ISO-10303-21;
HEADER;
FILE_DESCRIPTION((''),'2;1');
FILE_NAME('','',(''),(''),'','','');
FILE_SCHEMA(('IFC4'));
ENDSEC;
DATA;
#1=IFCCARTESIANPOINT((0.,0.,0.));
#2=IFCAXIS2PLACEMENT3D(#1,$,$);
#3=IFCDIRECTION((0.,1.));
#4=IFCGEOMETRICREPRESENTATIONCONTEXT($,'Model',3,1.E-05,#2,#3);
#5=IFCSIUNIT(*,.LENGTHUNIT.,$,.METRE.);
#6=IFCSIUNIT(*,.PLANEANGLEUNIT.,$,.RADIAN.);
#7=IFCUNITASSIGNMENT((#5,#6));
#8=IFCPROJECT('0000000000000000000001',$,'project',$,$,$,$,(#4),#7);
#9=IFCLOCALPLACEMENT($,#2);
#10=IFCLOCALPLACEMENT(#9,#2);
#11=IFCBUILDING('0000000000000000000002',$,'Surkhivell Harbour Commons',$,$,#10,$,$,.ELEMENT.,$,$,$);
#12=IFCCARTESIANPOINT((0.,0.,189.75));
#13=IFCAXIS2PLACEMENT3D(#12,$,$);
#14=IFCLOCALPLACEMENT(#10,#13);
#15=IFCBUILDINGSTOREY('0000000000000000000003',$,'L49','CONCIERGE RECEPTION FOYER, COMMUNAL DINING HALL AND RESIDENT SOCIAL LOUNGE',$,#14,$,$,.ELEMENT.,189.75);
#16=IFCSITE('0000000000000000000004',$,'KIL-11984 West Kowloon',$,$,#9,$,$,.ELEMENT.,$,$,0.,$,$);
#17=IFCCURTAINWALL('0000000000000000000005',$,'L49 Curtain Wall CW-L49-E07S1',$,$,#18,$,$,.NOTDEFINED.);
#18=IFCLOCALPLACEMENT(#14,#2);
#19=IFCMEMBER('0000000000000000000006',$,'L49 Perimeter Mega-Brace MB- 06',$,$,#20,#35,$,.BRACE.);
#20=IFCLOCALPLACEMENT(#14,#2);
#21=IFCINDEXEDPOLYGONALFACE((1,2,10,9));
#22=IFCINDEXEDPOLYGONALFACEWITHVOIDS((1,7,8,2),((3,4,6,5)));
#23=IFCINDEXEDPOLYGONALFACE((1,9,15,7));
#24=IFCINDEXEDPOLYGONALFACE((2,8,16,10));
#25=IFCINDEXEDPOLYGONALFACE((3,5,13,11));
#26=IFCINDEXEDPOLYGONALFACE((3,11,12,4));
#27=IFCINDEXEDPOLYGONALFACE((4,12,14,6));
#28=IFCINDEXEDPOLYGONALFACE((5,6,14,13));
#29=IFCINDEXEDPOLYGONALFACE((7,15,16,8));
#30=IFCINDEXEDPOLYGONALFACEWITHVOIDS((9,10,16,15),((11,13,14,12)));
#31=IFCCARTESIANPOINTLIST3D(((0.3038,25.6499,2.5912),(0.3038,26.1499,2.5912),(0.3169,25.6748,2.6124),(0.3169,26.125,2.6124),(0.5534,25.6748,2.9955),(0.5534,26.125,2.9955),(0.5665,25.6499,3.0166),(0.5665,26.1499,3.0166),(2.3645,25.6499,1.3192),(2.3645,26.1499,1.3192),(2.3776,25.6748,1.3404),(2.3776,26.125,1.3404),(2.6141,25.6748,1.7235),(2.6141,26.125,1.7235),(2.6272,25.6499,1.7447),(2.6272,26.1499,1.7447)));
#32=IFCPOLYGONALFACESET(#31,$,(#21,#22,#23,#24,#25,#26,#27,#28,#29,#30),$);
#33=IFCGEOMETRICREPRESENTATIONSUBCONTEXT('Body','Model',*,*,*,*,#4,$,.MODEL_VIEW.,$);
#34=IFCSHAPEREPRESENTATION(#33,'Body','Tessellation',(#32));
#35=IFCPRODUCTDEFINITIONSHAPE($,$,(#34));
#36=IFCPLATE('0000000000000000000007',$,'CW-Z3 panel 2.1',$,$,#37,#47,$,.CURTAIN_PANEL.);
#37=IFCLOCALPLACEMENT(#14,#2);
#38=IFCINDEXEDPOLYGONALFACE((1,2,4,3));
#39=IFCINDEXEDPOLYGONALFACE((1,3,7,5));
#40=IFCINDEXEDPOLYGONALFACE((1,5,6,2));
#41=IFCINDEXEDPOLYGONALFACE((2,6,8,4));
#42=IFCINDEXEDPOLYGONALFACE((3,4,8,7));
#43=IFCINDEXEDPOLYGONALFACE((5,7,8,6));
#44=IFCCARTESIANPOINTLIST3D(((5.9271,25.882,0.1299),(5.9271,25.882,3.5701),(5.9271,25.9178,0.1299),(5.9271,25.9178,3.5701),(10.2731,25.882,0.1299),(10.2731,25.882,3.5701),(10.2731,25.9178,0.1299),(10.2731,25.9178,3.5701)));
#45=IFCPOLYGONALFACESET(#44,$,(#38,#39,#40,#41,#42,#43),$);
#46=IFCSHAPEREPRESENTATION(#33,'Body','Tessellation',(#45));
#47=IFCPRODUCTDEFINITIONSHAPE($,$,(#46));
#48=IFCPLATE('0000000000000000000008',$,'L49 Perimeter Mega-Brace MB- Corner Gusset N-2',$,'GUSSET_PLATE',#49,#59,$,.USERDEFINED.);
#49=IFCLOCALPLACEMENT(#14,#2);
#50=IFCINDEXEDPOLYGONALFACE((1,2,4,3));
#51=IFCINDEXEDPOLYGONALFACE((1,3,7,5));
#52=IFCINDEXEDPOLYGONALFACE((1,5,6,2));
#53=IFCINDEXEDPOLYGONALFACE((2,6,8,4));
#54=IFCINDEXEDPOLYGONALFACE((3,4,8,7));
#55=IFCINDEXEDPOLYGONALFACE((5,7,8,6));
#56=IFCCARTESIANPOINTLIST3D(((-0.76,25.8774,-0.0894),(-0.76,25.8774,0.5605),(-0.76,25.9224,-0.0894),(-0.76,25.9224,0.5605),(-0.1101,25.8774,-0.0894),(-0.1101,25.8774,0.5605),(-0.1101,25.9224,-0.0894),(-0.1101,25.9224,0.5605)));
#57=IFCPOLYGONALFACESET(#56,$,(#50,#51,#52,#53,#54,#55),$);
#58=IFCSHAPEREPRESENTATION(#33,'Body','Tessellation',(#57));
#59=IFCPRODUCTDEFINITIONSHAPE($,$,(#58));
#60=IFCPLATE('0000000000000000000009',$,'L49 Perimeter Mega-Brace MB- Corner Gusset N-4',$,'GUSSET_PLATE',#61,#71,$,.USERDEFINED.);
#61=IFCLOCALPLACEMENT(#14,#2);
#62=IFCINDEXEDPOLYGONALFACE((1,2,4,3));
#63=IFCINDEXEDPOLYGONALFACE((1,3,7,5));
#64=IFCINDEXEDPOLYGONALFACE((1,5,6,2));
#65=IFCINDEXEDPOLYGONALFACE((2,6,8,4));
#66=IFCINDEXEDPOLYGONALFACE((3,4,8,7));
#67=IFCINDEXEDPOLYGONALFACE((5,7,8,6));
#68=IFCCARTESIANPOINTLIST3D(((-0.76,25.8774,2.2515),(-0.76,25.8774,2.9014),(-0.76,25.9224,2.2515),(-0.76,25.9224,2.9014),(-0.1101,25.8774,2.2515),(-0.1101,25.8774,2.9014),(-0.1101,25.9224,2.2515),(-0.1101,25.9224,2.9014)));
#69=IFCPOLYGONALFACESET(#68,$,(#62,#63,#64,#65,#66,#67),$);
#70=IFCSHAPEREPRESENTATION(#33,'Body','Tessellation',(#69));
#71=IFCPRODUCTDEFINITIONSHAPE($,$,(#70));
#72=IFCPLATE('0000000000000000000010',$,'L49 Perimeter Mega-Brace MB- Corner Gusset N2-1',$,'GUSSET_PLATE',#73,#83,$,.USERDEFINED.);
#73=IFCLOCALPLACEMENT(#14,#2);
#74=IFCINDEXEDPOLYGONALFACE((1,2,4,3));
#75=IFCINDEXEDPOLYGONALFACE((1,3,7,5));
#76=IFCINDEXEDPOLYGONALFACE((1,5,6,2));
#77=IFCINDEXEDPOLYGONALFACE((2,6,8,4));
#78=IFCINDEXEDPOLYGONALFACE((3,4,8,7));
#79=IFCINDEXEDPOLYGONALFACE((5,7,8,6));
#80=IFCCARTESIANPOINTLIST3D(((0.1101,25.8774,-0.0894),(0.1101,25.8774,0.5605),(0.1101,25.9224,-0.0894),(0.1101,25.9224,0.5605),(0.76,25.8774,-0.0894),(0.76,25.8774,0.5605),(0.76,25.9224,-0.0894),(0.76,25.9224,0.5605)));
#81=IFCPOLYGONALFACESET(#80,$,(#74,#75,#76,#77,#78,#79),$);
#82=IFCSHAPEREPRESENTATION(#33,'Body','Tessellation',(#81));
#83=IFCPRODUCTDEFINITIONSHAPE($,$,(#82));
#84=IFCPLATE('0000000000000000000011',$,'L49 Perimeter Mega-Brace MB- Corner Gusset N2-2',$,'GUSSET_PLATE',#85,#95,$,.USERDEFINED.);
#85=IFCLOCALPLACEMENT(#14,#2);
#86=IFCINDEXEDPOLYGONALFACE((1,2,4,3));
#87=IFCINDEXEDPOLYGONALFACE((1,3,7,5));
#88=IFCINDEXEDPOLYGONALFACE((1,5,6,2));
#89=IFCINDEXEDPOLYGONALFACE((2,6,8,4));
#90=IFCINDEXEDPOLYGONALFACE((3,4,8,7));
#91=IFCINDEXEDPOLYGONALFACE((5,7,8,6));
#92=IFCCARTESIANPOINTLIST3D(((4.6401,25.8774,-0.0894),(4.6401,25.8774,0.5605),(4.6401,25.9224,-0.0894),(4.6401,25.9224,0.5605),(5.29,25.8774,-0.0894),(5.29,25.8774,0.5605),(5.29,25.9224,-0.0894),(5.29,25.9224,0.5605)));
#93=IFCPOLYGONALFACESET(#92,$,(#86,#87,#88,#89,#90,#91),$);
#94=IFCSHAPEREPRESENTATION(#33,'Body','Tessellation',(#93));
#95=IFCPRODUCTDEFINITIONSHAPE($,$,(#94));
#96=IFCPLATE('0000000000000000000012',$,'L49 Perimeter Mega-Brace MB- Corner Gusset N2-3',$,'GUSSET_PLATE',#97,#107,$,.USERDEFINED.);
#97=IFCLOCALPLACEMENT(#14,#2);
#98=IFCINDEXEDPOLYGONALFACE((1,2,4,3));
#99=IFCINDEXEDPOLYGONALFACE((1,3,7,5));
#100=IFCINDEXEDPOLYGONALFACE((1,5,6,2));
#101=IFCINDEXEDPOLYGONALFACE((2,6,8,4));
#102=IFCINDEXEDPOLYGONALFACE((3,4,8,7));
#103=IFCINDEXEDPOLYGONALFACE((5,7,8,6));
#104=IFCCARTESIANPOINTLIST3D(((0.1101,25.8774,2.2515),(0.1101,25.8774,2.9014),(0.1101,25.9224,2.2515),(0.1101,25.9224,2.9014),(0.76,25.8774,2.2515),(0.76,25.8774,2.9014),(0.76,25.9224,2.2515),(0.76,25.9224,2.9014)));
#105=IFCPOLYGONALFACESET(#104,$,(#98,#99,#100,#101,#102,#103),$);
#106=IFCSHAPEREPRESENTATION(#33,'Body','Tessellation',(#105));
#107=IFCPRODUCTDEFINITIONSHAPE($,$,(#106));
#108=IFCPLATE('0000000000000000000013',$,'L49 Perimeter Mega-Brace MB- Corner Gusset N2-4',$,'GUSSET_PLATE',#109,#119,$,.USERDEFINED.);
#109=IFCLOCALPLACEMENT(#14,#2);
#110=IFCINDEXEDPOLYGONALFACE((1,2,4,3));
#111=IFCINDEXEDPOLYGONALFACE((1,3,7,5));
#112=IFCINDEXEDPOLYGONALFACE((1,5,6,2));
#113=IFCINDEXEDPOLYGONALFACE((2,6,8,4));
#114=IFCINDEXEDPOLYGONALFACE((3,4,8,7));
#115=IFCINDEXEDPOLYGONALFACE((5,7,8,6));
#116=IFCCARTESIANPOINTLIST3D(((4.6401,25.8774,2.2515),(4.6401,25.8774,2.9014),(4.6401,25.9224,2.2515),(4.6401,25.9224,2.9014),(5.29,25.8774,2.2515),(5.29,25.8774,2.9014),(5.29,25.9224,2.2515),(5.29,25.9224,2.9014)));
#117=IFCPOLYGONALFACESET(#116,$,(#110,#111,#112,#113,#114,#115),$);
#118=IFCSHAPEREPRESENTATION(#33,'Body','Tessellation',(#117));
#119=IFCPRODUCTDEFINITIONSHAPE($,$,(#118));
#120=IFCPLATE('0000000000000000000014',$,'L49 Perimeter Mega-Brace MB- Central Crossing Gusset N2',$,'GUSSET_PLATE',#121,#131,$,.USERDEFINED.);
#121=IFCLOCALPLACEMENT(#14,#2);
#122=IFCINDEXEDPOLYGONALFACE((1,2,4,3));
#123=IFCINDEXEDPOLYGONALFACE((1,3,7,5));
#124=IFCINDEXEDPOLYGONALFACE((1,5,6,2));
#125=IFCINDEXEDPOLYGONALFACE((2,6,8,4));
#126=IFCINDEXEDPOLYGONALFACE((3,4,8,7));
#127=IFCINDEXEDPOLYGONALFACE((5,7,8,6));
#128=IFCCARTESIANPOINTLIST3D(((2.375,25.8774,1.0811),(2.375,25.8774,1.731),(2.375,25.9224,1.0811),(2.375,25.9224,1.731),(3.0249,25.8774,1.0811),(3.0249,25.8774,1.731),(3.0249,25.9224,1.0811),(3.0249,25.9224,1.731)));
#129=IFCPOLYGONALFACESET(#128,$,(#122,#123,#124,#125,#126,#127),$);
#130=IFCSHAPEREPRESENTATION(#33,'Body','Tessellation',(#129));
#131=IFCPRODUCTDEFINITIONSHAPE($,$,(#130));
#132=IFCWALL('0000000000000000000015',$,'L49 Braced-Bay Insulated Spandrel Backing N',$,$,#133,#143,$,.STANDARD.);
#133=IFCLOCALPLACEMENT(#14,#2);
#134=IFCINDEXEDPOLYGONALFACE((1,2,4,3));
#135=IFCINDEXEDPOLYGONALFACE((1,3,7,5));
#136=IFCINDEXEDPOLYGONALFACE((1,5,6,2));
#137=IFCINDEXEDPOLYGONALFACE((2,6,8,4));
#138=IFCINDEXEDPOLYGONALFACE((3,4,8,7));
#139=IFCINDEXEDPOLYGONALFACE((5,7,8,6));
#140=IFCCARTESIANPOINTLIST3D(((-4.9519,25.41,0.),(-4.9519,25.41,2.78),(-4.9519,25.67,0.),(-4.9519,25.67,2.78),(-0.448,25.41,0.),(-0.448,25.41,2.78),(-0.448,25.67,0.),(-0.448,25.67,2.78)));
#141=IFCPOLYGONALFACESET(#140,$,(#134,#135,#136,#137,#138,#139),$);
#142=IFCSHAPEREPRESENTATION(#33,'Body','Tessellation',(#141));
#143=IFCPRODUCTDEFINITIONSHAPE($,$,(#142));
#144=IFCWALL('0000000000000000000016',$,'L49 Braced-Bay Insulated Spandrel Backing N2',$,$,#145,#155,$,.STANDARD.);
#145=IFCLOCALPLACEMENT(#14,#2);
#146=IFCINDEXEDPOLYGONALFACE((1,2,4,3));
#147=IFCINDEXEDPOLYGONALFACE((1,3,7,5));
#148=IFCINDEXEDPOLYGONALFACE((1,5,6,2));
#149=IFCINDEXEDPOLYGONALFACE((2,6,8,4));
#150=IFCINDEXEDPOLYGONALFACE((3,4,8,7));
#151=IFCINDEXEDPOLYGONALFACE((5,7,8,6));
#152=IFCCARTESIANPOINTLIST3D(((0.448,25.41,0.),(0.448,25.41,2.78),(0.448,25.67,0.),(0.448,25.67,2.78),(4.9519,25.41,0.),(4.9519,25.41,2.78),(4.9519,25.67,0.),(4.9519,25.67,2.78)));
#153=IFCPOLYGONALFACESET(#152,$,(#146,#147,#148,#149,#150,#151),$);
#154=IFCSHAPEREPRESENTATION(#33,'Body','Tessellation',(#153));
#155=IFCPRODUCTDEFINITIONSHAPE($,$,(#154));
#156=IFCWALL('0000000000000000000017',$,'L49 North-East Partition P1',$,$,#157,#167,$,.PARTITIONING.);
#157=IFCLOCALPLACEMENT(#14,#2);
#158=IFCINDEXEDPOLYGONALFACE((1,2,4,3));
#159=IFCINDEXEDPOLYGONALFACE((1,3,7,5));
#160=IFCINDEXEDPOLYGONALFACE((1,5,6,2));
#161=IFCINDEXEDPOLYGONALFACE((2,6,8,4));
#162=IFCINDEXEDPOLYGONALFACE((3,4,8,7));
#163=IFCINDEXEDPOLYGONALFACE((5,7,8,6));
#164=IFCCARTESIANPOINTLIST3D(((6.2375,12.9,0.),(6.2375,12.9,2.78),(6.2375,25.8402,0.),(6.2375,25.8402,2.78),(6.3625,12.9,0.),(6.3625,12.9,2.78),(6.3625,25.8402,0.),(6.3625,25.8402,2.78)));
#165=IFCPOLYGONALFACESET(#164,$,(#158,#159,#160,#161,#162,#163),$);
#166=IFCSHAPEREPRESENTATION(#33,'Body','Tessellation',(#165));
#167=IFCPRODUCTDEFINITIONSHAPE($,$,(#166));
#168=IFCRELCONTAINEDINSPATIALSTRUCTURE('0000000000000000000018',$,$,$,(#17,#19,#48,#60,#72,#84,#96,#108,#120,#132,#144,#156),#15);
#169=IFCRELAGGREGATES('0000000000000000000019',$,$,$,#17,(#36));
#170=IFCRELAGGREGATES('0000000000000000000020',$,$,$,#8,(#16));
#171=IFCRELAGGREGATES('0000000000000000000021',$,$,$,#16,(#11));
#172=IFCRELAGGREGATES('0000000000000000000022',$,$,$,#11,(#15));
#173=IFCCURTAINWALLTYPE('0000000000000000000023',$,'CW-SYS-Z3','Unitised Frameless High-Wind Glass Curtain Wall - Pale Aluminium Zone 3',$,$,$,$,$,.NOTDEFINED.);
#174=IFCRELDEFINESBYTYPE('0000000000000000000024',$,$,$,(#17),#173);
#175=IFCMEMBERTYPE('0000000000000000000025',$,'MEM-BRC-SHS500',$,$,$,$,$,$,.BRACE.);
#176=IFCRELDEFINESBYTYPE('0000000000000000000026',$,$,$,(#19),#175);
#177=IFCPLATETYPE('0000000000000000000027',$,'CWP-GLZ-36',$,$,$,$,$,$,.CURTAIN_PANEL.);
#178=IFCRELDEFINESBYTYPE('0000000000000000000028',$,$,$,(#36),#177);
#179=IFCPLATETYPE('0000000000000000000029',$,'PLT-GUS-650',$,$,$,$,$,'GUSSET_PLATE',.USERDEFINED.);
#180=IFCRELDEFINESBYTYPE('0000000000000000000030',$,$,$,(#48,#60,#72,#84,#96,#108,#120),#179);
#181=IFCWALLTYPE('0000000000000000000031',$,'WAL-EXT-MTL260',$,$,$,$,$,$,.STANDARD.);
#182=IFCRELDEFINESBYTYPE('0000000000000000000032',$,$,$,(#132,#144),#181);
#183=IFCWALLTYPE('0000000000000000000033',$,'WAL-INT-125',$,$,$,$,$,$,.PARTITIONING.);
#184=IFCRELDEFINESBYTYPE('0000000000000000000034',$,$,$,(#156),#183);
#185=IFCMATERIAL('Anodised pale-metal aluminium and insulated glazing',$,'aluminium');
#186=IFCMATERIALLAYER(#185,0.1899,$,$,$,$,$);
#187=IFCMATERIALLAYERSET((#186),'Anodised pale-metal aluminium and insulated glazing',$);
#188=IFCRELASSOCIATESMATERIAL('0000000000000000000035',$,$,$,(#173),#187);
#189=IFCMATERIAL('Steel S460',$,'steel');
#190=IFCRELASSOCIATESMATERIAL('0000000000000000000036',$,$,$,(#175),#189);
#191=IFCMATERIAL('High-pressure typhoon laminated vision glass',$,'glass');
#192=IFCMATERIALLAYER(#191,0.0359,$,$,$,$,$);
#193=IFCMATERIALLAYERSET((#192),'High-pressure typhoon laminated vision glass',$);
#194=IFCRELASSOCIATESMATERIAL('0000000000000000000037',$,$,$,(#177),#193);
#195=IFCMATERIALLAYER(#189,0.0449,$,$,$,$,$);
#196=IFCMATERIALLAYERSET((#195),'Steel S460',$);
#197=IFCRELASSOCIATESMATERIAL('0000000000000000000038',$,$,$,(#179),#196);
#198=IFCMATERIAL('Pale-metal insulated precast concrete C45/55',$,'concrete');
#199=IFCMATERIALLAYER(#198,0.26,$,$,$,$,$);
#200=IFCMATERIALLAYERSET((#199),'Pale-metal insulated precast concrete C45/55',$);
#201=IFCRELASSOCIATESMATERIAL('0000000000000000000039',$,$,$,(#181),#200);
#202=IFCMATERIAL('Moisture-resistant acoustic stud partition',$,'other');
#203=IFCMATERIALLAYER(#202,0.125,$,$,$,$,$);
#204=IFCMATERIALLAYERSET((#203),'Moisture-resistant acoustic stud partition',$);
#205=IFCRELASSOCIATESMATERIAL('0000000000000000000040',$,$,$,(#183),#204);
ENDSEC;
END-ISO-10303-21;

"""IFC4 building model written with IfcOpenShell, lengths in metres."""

from ifc_helpers import new_model, si_unit, direction, frame, frame_2d, origin, origin_2d, place, context, subcontext, project, spatial, rectangle, hollow_rectangle, extrude, material, layer, layer_set, material_profile, profile_set, type_object, element, aggregate, save


model = new_model("IFC4")

# Units and contexts
model_context = context("Model", 3, precision=1e-05, world=origin(), true_north=direction((0.0, 1.0)))
body_context = subcontext(model_context, "Body", "Model", "MODEL_VIEW")
ifc_project = project(units=[si_unit("LENGTHUNIT", "METRE"), si_unit("PLANEANGLEUNIT", "RADIAN")], contexts=[model_context])

# Site, building, storey
site_placement = place(None, origin())
site = spatial("IfcSite", under=ifc_project, at=site_placement, Name="KIL-11984 West Kowloon", CompositionType="ELEMENT", RefElevation=0.0)
building_placement = place(site_placement, origin())
building = spatial("IfcBuilding", under=site, at=building_placement, Name="Surkhivell Harbour Commons", CompositionType="ELEMENT")
storey_placement = place(building_placement, frame((0.0, 0.0, 189.75)))
storey = spatial("IfcBuildingStorey", under=building, at=storey_placement, Name="L49", Description="CONCIERGE RECEPTION FOYER, COMMUNAL DINING HALL AND RESIDENT SOCIAL LOUNGE", CompositionType="ELEMENT", Elevation=189.75)

# Curtain wall
ifc_material_1 = material(Name="Anodised pale-metal aluminium and insulated glazing", Category="aluminium")
ifc_layer_1 = layer(ifc_material_1, 0.1899)
ifc_layer_set_1 = layer_set([ifc_layer_1], Name="Anodised pale-metal aluminium and insulated glazing")
curtain_wall_type = type_object("IfcCurtainWallType", Name="CW-SYS-Z3", Description="Unitised Frameless High-Wind Glass Curtain Wall - Pale Aluminium Zone 3", PredefinedType="NOTDEFINED", material=ifc_layer_set_1)
curtain_wall_placement = place(storey_placement, origin())
curtain_wall = element("IfcCurtainWall", 1, at=curtain_wall_placement, inside=storey, type_object=curtain_wall_type, Name="L49 Curtain Wall CW-L49-E07S1", PredefinedType="NOTDEFINED")

# Member
ifc_material_2 = material(Name="Steel S460", Category="steel")
ifc_material_profile_1 = material_profile(ifc_material_2, hollow_rectangle(XDim=0.5, YDim=0.5, WallThickness=0.0249, at=origin_2d()), Name="SHS500x500x25")
ifc_profile_set_1 = profile_set([ifc_material_profile_1], Name="Steel S460")
member_type_1 = type_object("IfcMemberType", Name="MEM-BRC-SHS500", PredefinedType="BRACE", material=ifc_profile_set_1)
for number, where, z_axis, x_axis, name in (
    (2, (2.4958, 25.8999, 1.532), (-0.850958, 0.0, 0.525233), (0.0, -1.0, 0.0), "L49 Perimeter Mega-Brace MB- 06"),
):
    element("IfcMember", number, at=place(storey_placement, frame(where, z_axis=z_axis, x_axis=x_axis)), inside=storey, type_object=member_type_1, Name=name, PredefinedType="BRACE", context=body_context, shape_type="SweptSolid", body=[
        extrude(hollow_rectangle(XDim=0.5, YDim=0.5, WallThickness=0.0249, at=origin_2d()), origin(), (0.0, 0.0, 1.0), 2.4216),
    ])

# Plate
ifc_material_3 = material(Name="High-pressure typhoon laminated vision glass", Category="glass")
ifc_layer_2 = layer(ifc_material_3, 0.0359)
ifc_layer_set_2 = layer_set([ifc_layer_2], Name="High-pressure typhoon laminated vision glass")
plate_type_1 = type_object("IfcPlateType", Name="CWP-GLZ-36", PredefinedType="CURTAIN_PANEL", material=ifc_layer_set_2)
plate_placement = place(storey_placement, frame((10.2729, 25.8999, 0.1299), z_axis=(0.0, 0.0, 1.0), x_axis=(-1.0, 0.0, 0.0)))
plate = element("IfcPlate", 3, at=plate_placement, type_object=plate_type_1, Name="CW-Z3 panel 2.1", PredefinedType="CURTAIN_PANEL", context=body_context, shape_type="SweptSolid", body=[
    extrude(rectangle(XDim=4.3459, YDim=0.0359, at=frame_2d((2.1729, 0.0))), origin(), (0.0, 0.0, 1.0), 3.4402),
])
aggregate(curtain_wall, [plate])

# Plates
ifc_layer_3 = layer(ifc_material_2, 0.0449)
ifc_layer_set_3 = layer_set([ifc_layer_3], Name="Steel S460")
plate_type_2 = type_object("IfcPlateType", Name="PLT-GUS-650", ElementType="GUSSET_PLATE", PredefinedType="USERDEFINED", material=ifc_layer_set_3)
for number, where, z_axis, x_axis, name in (
    (4, (-0.4351, 25.8999, -0.0894), (0.0, 0.0, 1.0), (1.0, 0.0, 0.0), "L49 Perimeter Mega-Brace MB- Corner Gusset N-2"),
    (5, (-0.4351, 25.8999, 2.2515), (0.0, 0.0, 1.0), (1.0, 0.0, 0.0), "L49 Perimeter Mega-Brace MB- Corner Gusset N-4"),
    (6, (0.4351, 25.8999, -0.0894), (0.0, 0.0, 1.0), (1.0, 0.0, 0.0), "L49 Perimeter Mega-Brace MB- Corner Gusset N2-1"),
    (7, (4.9651, 25.8999, -0.0894), (0.0, 0.0, 1.0), (1.0, 0.0, 0.0), "L49 Perimeter Mega-Brace MB- Corner Gusset N2-2"),
    (8, (0.4351, 25.8999, 2.2515), (0.0, 0.0, 1.0), (1.0, 0.0, 0.0), "L49 Perimeter Mega-Brace MB- Corner Gusset N2-3"),
    (9, (4.9651, 25.8999, 2.2515), (0.0, 0.0, 1.0), (1.0, 0.0, 0.0), "L49 Perimeter Mega-Brace MB- Corner Gusset N2-4"),
    (10, (2.7, 25.8999, 1.0811), (0.0, 0.0, 1.0), (1.0, 0.0, 0.0), "L49 Perimeter Mega-Brace MB- Central Crossing Gusset N2"),
):
    element("IfcPlate", number, at=place(storey_placement, frame(where, z_axis=z_axis, x_axis=x_axis)), inside=storey, type_object=plate_type_2, Name=name, ObjectType="GUSSET_PLATE", PredefinedType="USERDEFINED", context=body_context, shape_type="SweptSolid", body=[
        extrude(rectangle(XDim=0.6499, YDim=0.0449, at=origin_2d()), origin(), (0.0, 0.0, 1.0), 0.6499),
    ])

# Walls
ifc_material_4 = material(Name="Pale-metal insulated precast concrete C45/55", Category="concrete")
ifc_layer_4 = layer(ifc_material_4, 0.26)
ifc_layer_set_4 = layer_set([ifc_layer_4], Name="Pale-metal insulated precast concrete C45/55")
wall_type_1 = type_object("IfcWallType", Name="WAL-EXT-MTL260", PredefinedType="STANDARD", material=ifc_layer_set_4)
for number, where, z_axis, x_axis, name in (
    (11, (-0.448, 25.54, 0.0), (0.0, 0.0, 1.0), (-1.0, 0.0, 0.0), "L49 Braced-Bay Insulated Spandrel Backing N"),
    (12, (4.9519, 25.54, 0.0), (0.0, 0.0, 1.0), (-1.0, 0.0, 0.0), "L49 Braced-Bay Insulated Spandrel Backing N2"),
):
    element("IfcWall", number, at=place(storey_placement, frame(where, z_axis=z_axis, x_axis=x_axis)), inside=storey, type_object=wall_type_1, Name=name, PredefinedType="STANDARD", context=body_context, shape_type="SweptSolid", body=[
        extrude(rectangle(XDim=4.5039, YDim=0.26, at=frame_2d((2.252, 0.0))), origin(), (0.0, 0.0, 1.0), 2.78),
    ])
ifc_material_5 = material(Name="Moisture-resistant acoustic stud partition", Category="other")
ifc_layer_5 = layer(ifc_material_5, 0.125)
ifc_layer_set_5 = layer_set([ifc_layer_5], Name="Moisture-resistant acoustic stud partition")
wall_type_2 = type_object("IfcWallType", Name="WAL-INT-125", PredefinedType="PARTITIONING", material=ifc_layer_set_5)
wall_1_placement = place(storey_placement, frame((6.3, 12.8999, 0.0), z_axis=(0.0, 0.0, 1.0), x_axis=(0.0, 1.0, 0.0)))
element("IfcWall", 13, at=wall_1_placement, inside=storey, type_object=wall_type_2, Name="L49 North-East Partition P1", PredefinedType="PARTITIONING", context=body_context, shape_type="SweptSolid", body=[
    extrude(rectangle(XDim=12.9402, YDim=0.125, at=frame_2d((6.4702, 0.0))), origin(), (0.0, 0.0, 1.0), 2.78),
])

save(model, "model.ifc")
